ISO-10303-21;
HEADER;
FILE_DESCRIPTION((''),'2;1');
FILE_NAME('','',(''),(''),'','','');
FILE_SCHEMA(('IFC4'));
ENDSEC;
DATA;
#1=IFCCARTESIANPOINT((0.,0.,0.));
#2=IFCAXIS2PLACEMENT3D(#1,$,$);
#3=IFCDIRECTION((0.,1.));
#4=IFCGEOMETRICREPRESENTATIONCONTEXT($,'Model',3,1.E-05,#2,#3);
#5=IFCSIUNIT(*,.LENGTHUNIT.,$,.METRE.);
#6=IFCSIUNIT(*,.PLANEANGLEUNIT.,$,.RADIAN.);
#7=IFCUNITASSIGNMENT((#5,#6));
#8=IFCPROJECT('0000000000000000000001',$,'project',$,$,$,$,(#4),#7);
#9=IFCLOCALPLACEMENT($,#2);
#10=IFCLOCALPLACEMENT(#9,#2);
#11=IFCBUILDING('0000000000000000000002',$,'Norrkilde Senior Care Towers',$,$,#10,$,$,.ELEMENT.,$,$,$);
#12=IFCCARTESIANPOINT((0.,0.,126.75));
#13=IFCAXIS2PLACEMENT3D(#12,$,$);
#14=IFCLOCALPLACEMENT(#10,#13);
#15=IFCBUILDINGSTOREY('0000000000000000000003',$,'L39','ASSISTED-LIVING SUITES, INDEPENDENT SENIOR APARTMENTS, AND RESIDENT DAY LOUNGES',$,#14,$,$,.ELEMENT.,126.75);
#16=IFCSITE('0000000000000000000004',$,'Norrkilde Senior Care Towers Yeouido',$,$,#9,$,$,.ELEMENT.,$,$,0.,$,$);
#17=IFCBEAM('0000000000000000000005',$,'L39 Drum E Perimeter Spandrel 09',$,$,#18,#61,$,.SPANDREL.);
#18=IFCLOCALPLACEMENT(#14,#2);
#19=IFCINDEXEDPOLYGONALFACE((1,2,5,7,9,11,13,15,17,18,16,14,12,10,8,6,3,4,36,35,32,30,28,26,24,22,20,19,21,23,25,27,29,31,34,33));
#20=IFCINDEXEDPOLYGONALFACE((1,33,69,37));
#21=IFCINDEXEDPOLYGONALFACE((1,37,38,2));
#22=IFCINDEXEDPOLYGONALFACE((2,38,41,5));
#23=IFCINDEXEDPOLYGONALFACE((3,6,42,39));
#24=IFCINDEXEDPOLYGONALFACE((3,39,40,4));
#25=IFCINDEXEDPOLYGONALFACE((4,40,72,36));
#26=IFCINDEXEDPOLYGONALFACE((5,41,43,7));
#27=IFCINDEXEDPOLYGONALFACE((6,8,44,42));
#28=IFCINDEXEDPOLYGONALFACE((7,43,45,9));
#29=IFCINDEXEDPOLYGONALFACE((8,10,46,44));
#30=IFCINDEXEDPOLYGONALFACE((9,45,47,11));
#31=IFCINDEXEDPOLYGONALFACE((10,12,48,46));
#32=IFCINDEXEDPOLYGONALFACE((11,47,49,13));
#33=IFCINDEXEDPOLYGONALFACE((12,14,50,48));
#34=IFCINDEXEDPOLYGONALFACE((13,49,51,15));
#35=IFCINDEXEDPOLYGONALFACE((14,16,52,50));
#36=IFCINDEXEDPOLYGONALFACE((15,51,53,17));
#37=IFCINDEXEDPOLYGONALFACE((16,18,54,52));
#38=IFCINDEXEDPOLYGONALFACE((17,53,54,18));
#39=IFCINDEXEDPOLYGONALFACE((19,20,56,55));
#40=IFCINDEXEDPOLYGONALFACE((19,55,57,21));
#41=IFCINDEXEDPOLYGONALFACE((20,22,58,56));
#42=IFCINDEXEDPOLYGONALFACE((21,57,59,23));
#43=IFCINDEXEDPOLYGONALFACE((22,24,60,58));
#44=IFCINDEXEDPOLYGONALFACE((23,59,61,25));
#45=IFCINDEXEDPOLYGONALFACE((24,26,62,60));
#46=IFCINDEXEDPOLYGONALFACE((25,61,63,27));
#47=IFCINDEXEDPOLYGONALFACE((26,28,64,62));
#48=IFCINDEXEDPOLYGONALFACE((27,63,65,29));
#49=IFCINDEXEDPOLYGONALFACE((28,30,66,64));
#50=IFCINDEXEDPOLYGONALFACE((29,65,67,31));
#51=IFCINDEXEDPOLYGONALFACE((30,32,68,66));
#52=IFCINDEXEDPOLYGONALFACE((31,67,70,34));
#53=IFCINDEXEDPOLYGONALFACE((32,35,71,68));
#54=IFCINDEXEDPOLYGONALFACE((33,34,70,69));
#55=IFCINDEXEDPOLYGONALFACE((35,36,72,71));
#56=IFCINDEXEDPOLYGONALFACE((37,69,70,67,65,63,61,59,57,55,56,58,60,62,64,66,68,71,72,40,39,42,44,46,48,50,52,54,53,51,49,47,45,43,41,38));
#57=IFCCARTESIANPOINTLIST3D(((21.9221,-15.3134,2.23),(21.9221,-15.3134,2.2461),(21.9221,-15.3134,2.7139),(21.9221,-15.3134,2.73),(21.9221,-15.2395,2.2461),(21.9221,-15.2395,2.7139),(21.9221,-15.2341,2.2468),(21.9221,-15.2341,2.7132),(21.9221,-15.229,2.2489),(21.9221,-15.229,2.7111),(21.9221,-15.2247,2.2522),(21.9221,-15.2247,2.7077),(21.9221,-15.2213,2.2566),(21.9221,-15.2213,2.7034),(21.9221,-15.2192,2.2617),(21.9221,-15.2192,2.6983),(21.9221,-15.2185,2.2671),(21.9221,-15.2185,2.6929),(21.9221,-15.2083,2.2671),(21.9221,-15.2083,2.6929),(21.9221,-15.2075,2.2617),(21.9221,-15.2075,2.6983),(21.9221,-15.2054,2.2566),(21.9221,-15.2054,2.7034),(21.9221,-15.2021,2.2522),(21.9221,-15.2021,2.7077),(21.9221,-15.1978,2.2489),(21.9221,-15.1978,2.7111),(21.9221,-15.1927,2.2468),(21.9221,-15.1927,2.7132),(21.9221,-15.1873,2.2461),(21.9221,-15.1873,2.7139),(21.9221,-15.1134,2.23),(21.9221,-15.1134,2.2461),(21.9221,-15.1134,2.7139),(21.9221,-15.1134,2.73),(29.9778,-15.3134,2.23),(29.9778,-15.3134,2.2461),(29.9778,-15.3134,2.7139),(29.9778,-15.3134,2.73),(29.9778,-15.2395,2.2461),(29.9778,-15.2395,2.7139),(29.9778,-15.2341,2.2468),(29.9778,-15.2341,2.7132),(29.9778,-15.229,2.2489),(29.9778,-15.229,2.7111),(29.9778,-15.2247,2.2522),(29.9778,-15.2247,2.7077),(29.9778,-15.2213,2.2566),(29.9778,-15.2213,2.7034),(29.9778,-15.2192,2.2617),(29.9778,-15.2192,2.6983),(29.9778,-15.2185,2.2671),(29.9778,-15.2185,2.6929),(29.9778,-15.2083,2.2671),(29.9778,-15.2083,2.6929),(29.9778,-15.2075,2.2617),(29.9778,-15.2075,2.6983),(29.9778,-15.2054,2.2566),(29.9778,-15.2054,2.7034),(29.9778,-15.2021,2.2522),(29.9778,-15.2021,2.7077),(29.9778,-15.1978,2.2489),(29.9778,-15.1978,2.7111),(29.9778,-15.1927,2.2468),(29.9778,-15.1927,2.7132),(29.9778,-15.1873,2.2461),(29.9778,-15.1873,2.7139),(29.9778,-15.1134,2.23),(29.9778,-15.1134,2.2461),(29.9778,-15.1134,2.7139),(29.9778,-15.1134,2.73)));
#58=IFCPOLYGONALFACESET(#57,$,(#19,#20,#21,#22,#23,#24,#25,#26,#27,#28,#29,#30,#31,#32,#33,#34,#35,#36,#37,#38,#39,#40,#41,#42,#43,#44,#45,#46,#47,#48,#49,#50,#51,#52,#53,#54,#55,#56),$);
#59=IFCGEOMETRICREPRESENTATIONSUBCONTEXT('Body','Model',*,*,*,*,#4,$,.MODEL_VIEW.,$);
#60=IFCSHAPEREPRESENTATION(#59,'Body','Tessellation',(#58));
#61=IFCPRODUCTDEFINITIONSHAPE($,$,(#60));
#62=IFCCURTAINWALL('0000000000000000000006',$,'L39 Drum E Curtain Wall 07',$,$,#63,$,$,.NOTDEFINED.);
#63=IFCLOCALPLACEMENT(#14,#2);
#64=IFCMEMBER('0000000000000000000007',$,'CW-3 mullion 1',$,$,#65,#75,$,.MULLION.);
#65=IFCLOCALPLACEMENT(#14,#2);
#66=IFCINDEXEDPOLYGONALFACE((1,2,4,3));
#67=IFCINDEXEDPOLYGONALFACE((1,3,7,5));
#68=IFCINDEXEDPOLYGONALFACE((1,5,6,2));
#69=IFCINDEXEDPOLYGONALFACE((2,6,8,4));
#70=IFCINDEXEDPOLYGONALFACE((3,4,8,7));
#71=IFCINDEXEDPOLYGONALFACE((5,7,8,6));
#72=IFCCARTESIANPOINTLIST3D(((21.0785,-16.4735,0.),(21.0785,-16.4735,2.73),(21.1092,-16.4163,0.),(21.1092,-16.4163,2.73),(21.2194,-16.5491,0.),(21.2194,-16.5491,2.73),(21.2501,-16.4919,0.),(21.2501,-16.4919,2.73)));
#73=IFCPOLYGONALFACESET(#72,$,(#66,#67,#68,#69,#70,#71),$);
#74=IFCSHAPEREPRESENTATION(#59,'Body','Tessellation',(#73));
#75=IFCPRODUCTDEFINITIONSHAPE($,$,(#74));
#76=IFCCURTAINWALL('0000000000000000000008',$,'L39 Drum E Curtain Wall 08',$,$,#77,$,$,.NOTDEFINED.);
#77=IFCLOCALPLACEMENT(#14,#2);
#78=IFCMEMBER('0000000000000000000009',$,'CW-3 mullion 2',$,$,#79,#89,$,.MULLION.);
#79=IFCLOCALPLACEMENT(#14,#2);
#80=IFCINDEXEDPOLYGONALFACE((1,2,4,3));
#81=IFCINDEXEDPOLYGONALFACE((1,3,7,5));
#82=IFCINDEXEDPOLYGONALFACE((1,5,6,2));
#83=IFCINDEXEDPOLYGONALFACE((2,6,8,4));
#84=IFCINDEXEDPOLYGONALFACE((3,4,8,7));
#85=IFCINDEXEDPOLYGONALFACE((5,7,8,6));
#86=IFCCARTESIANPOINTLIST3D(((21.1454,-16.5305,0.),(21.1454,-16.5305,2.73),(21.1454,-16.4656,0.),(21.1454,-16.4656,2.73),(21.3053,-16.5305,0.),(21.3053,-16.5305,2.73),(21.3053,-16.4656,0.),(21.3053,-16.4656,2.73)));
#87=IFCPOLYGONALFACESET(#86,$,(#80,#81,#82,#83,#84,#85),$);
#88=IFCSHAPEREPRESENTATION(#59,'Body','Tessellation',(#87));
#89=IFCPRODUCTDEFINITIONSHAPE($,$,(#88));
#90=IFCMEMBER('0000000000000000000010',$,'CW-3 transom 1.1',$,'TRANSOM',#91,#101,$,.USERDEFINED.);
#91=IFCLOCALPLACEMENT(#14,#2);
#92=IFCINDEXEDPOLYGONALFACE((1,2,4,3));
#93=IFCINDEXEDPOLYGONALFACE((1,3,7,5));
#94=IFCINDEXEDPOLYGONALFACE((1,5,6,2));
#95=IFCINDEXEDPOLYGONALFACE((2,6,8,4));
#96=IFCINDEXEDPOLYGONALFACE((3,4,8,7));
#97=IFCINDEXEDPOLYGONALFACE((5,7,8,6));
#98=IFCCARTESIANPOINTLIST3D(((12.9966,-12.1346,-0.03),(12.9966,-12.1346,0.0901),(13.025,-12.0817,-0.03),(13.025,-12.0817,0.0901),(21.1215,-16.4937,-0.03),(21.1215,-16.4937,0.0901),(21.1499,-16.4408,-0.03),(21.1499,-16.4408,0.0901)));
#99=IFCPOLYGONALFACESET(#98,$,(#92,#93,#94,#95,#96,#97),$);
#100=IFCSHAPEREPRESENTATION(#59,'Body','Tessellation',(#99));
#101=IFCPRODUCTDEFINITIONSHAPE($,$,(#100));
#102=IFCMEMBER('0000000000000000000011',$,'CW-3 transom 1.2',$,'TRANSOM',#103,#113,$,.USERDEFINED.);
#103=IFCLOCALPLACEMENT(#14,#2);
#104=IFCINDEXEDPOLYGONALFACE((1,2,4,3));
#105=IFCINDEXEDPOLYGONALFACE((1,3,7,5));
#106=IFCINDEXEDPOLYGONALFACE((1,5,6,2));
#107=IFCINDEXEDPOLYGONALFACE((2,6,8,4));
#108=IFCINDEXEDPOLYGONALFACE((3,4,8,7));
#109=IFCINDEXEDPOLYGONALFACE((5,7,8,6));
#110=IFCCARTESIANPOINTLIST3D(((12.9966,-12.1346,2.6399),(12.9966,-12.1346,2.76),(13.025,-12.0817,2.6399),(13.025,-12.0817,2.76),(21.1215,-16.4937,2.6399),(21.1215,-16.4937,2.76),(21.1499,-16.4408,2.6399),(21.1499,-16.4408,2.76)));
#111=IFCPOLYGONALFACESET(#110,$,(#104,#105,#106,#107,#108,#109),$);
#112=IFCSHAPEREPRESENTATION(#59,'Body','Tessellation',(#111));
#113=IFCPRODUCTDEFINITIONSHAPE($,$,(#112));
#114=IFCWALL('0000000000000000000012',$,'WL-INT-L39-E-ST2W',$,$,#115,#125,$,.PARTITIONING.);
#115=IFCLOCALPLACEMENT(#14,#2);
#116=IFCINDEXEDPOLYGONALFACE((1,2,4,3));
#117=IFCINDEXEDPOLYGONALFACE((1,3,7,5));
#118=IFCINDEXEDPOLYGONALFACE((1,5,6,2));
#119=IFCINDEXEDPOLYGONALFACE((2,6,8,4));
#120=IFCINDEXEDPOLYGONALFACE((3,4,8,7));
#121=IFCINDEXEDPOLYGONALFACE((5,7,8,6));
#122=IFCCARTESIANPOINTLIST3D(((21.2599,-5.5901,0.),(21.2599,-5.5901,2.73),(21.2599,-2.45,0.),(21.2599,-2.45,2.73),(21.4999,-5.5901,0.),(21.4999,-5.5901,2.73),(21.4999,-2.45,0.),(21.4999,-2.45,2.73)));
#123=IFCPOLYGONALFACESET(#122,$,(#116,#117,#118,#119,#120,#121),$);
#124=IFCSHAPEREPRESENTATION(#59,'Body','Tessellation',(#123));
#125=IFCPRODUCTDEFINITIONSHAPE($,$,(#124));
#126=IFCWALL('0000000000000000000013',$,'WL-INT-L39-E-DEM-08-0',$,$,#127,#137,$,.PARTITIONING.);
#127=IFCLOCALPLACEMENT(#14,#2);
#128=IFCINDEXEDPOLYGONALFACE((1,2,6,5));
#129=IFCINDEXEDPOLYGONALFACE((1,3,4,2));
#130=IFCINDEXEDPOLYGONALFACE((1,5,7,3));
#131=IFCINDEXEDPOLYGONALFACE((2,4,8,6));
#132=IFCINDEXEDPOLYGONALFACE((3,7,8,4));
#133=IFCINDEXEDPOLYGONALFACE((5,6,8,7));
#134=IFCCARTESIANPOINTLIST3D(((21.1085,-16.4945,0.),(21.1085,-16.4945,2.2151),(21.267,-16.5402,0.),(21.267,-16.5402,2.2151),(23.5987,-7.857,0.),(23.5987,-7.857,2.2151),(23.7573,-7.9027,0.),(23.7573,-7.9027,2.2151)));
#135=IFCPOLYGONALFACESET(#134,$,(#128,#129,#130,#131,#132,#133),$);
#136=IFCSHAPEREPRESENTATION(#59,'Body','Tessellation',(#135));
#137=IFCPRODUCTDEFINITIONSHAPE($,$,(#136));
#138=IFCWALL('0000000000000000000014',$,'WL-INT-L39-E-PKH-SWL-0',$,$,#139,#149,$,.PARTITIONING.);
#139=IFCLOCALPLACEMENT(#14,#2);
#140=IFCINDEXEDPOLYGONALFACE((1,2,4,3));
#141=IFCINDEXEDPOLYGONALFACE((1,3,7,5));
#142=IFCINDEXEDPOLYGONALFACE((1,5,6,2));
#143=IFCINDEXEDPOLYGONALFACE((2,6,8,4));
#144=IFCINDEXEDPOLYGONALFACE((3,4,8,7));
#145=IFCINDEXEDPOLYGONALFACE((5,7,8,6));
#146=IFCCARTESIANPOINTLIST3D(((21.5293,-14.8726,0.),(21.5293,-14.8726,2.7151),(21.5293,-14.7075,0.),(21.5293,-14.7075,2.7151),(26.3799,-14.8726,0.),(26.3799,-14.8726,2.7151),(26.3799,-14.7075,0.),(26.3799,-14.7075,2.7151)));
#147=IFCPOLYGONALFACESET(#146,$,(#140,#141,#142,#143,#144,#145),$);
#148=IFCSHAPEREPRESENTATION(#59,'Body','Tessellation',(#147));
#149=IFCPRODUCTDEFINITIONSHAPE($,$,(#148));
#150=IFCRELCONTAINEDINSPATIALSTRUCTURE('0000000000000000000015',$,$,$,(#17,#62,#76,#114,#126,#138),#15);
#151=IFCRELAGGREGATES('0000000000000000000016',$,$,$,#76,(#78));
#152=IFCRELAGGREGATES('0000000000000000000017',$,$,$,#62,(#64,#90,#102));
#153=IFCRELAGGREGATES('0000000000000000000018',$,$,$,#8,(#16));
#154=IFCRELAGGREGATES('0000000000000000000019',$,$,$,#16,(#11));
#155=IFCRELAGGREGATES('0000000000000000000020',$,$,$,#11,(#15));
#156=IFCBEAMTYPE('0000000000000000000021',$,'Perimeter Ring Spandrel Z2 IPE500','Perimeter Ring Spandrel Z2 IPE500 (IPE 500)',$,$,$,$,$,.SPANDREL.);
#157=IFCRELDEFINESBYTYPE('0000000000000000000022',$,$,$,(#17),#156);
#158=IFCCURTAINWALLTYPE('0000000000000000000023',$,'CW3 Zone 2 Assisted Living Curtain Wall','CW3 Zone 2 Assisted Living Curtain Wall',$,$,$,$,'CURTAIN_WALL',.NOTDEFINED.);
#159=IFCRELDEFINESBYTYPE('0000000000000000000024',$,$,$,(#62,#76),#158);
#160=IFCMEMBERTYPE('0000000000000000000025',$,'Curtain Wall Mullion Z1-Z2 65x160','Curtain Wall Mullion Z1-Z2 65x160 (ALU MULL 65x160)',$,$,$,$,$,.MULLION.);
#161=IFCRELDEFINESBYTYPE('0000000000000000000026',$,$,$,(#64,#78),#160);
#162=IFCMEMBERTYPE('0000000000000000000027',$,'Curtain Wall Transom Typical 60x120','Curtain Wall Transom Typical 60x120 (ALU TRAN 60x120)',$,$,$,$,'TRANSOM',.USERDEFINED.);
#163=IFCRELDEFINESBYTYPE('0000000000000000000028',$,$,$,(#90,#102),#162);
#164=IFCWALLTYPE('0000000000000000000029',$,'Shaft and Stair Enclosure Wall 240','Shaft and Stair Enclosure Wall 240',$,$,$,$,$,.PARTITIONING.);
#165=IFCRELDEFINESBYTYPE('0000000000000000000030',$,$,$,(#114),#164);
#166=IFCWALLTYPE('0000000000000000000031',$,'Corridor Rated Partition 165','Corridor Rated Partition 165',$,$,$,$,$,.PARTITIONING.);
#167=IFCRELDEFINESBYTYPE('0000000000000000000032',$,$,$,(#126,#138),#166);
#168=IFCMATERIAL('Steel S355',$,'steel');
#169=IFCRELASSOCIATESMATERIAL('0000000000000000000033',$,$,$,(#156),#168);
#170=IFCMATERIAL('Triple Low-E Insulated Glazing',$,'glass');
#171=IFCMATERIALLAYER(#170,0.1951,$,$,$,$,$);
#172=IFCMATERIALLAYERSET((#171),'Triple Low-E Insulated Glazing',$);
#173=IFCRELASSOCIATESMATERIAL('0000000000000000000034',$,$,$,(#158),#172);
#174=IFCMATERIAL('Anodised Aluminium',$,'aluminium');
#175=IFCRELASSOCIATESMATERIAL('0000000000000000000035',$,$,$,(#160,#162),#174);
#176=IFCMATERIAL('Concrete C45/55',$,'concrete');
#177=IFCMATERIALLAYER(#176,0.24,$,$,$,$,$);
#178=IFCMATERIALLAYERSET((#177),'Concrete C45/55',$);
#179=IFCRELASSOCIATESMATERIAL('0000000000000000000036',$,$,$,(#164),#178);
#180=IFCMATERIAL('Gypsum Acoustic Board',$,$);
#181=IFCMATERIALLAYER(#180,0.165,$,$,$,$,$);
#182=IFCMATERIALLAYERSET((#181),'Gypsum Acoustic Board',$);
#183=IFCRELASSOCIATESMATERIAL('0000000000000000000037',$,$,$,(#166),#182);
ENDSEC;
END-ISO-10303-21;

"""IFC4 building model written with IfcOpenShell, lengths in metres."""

from ifc_helpers import new_model, si_unit, direction, frame, frame_2d, origin, origin_2d, place, context, subcontext, project, spatial, rectangle, i_section, extrude, source, transform, mapped, material, layer, layer_set, material_profile, profile_set, type_object, type_shapes, element, aggregate, save


model = new_model("IFC4")

# Units and contexts
model_context = context("Model", 3, precision=1e-05, world=origin(), true_north=direction((0.0, 1.0)))
body_context = subcontext(model_context, "Body", "Model", "MODEL_VIEW")
ifc_project = project(units=[si_unit("LENGTHUNIT", "METRE"), si_unit("PLANEANGLEUNIT", "RADIAN")], contexts=[model_context])

# Site, building, storey
site_placement = place(None, origin())
site = spatial("IfcSite", under=ifc_project, at=site_placement, Name="Norrkilde Senior Care Towers Yeouido", CompositionType="ELEMENT", RefElevation=0.0)
building_placement = place(site_placement, origin())
building = spatial("IfcBuilding", under=site, at=building_placement, Name="Norrkilde Senior Care Towers", CompositionType="ELEMENT")
storey_placement = place(building_placement, frame((0.0, 0.0, 126.75)))
storey = spatial("IfcBuildingStorey", under=building, at=storey_placement, Name="L39", Description="ASSISTED-LIVING SUITES, INDEPENDENT SENIOR APARTMENTS, AND RESIDENT DAY LOUNGES", CompositionType="ELEMENT", Elevation=126.75)

# Beam
ifc_material_1 = material(Name="Steel S355", Category="steel")
ifc_material_profile_1 = material_profile(ifc_material_1, i_section(OverallWidth=0.2, OverallDepth=0.5, WebThickness=0.0103, FlangeThickness=0.0161, FilletRadius=0.021, at=origin_2d()), Name="IPE 500")
ifc_profile_set_1 = profile_set([ifc_material_profile_1], Name="Steel S355")
beam_type_1 = type_object("IfcBeamType", Name="Perimeter Ring Spandrel Z2 IPE500", Description="Perimeter Ring Spandrel Z2 IPE500 (IPE 500)", PredefinedType="SPANDREL", material=ifc_profile_set_1)
shared_shape_1 = source(origin(), body_context, "Body", "SweptSolid", [
    extrude(i_section(OverallWidth=0.2, OverallDepth=0.5, WebThickness=0.0103, FlangeThickness=0.0161, FilletRadius=0.021, at=origin_2d()), origin(), (0.0, 0.0, 1.0), 8.0557),
])
type_shapes(beam_type_1, [shared_shape_1])
beam_1_placement = place(storey_placement, frame((21.9221, -15.2134, 2.48), z_axis=(1.0, 0.0, 0.0), x_axis=(0.0, 1.0, 0.0)))
element("IfcBeam", 1, at=beam_1_placement, inside=storey, type_object=beam_type_1, Name="L39 Drum E Perimeter Spandrel 09", PredefinedType="SPANDREL", context=body_context, shape_type="MappedRepresentation", body=[
    mapped(shared_shape_1, transform((0.0, 0.0, 0.0), x_axis=(1.0, 0.0, 0.0), y_axis=(0.0, 1.0, 0.0), z_axis=(0.0, 0.0, 1.0), scale=1.0)),
])

# Curtain walls, members
ifc_material_2 = material(Name="Triple Low-E Insulated Glazing", Category="glass")
ifc_layer_1 = layer(ifc_material_2, 0.1951)
ifc_layer_set_1 = layer_set([ifc_layer_1], Name="Triple Low-E Insulated Glazing")
curtain_wall_type = type_object("IfcCurtainWallType", Name="CW3 Zone 2 Assisted Living Curtain Wall", Description="CW3 Zone 2 Assisted Living Curtain Wall", ElementType="CURTAIN_WALL", PredefinedType="NOTDEFINED", material=ifc_layer_set_1)
curtain_wall_1_placement = place(storey_placement, origin())
curtain_wall_1 = element("IfcCurtainWall", 2, at=curtain_wall_1_placement, inside=storey, type_object=curtain_wall_type, Name="L39 Drum E Curtain Wall 07", PredefinedType="NOTDEFINED")
ifc_material_3 = material(Name="Anodised Aluminium", Category="aluminium")
ifc_material_profile_2 = material_profile(ifc_material_3, rectangle(XDim=0.0649, YDim=0.1599, at=origin_2d()), Name="ALU MULL 65x160")
ifc_profile_set_2 = profile_set([ifc_material_profile_2], Name="Anodised Aluminium")
member_type_1 = type_object("IfcMemberType", Name="Curtain Wall Mullion Z1-Z2 65x160", Description="Curtain Wall Mullion Z1-Z2 65x160 (ALU MULL 65x160)", PredefinedType="MULLION", material=ifc_profile_set_2)
shared_shape_2 = source(origin(), body_context, "Body", "SweptSolid", [
    extrude(rectangle(XDim=0.0649, YDim=0.1599, at=origin_2d()), origin(), (0.0, 0.0, 1.0), 2.73),
])
type_shapes(member_type_1, [shared_shape_2])
member_1_placement = place(storey_placement, frame((21.1643, -16.4827, 0.0), z_axis=(0.0, 0.0, 1.0), x_axis=(-0.472769, -0.881186, 0.0)))
member_1 = element("IfcMember", 3, at=member_1_placement, type_object=member_type_1, Name="CW-3 mullion 1", PredefinedType="MULLION", context=body_context, shape_type="MappedRepresentation", body=[
    mapped(shared_shape_2, transform((0.0, 0.0, 0.0), x_axis=(1.0, 0.0, 0.0), y_axis=(0.0, 1.0, 0.0), z_axis=(0.0, 0.0, 1.0), scale=1.0)),
])
curtain_wall_2_placement = place(storey_placement, origin())
curtain_wall_2 = element("IfcCurtainWall", 4, at=curtain_wall_2_placement, inside=storey, type_object=curtain_wall_type, Name="L39 Drum E Curtain Wall 08", PredefinedType="NOTDEFINED")
member_2_placement = place(storey_placement, frame((21.2253, -16.498, 0.0), z_axis=(0.0, 0.0, 1.0), x_axis=(0.0, -1.0, 0.0)))
member_2 = element("IfcMember", 5, at=member_2_placement, type_object=member_type_1, Name="CW-3 mullion 2", PredefinedType="MULLION", context=body_context, shape_type="MappedRepresentation", body=[
    mapped(shared_shape_2, transform((0.0, 0.0, 0.0), x_axis=(1.0, 0.0, 0.0), y_axis=(0.0, 1.0, 0.0), z_axis=(0.0, 0.0, 1.0), scale=1.0)),
])
aggregate(curtain_wall_2, [member_2])

# Members
ifc_material_profile_3 = material_profile(ifc_material_3, rectangle(XDim=0.0601, YDim=0.1201, at=origin_2d()), Name="ALU TRAN 60x120")
ifc_profile_set_3 = profile_set([ifc_material_profile_3], Name="Anodised Aluminium")
member_type_2 = type_object("IfcMemberType", Name="Curtain Wall Transom Typical 60x120", Description="Curtain Wall Transom Typical 60x120 (ALU TRAN 60x120)", ElementType="TRANSOM", PredefinedType="USERDEFINED", material=ifc_profile_set_3)
shared_shape_3 = source(origin(), body_context, "Body", "SweptSolid", [
    extrude(rectangle(XDim=0.0601, YDim=0.1201, at=origin_2d()), origin(), (0.0, 0.0, 1.0), 9.2205),
])
type_shapes(member_type_2, [shared_shape_3])
member_3_placement = place(storey_placement, frame((21.1357, -16.4673, 0.03), z_axis=(-0.881189, 0.472765, 0.0), x_axis=(-0.472765, -0.881189, 0.0)))
member_3 = element("IfcMember", 6, at=member_3_placement, type_object=member_type_2, Name="CW-3 transom 1.1", ObjectType="TRANSOM", PredefinedType="USERDEFINED", context=body_context, shape_type="MappedRepresentation", body=[
    mapped(shared_shape_3, transform((0.0, 0.0, 0.0), x_axis=(1.0, 0.0, 0.0), y_axis=(0.0, 1.0, 0.0), z_axis=(0.0, 0.0, 1.0), scale=1.0)),
])
member_4_placement = place(storey_placement, frame((21.1357, -16.4673, 2.7), z_axis=(-0.881189, 0.472765, 0.0), x_axis=(-0.472765, -0.881189, 0.0)))
member_4 = element("IfcMember", 7, at=member_4_placement, type_object=member_type_2, Name="CW-3 transom 1.2", ObjectType="TRANSOM", PredefinedType="USERDEFINED", context=body_context, shape_type="MappedRepresentation", body=[
    mapped(shared_shape_3, transform((0.0, 0.0, 0.0), x_axis=(1.0, 0.0, 0.0), y_axis=(0.0, 1.0, 0.0), z_axis=(0.0, 0.0, 1.0), scale=1.0)),
])
aggregate(curtain_wall_1, [member_1, member_3, member_4])

# Shared definitions
ifc_material_4 = material(Name="Concrete C45/55", Category="concrete")
ifc_layer_2 = layer(ifc_material_4, 0.24)
ifc_layer_set_2 = layer_set([ifc_layer_2], Name="Concrete C45/55")
wall_type_1 = type_object("IfcWallType", Name="Shaft and Stair Enclosure Wall 240", Description="Shaft and Stair Enclosure Wall 240", PredefinedType="PARTITIONING", material=ifc_layer_set_2)

# Walls
shared_shape_4 = source(origin(), body_context, "Body", "SweptSolid", [
    extrude(rectangle(XDim=3.1401, YDim=0.24, at=frame_2d((1.5701, 0.0))), origin(), (0.0, 0.0, 1.0), 2.73),
])
wall_1_placement = place(storey_placement, frame((21.3799, -5.5901, 0.0), z_axis=(0.0, 0.0, 1.0), x_axis=(0.0, 1.0, 0.0)))
element("IfcWall", 8, at=wall_1_placement, inside=storey, type_object=wall_type_1, Name="WL-INT-L39-E-ST2W", PredefinedType="PARTITIONING", context=body_context, shape_type="MappedRepresentation", body=[
    mapped(shared_shape_4, transform((0.0, 0.0, 0.0), x_axis=(1.0, 0.0, 0.0), y_axis=(0.0, 1.0, 0.0), z_axis=(0.0, 0.0, 1.0), scale=1.0)),
])
ifc_material_5 = material(Name="Gypsum Acoustic Board")
ifc_layer_3 = layer(ifc_material_5, 0.165)
ifc_layer_set_3 = layer_set([ifc_layer_3], Name="Gypsum Acoustic Board")
wall_type_2 = type_object("IfcWallType", Name="Corridor Rated Partition 165", Description="Corridor Rated Partition 165", PredefinedType="PARTITIONING", material=ifc_layer_set_3)
shared_shape_5 = source(origin(), body_context, "Body", "SweptSolid", [
    extrude(rectangle(XDim=8.9893, YDim=0.165, at=frame_2d((4.4946, 0.0))), origin(), (0.0, 0.0, 1.0), 2.2151),
])
wall_2_placement = place(storey_placement, frame((23.678, -7.8799, 0.0), z_axis=(0.0, 0.0, 1.0), x_axis=(-0.277023, -0.960863, 0.0)))
element("IfcWall", 9, at=wall_2_placement, inside=storey, type_object=wall_type_2, Name="WL-INT-L39-E-DEM-08-0", PredefinedType="PARTITIONING", context=body_context, shape_type="MappedRepresentation", body=[
    mapped(shared_shape_5, transform((0.0, 0.0, 0.0), x_axis=(1.0, 0.0, 0.0), y_axis=(0.0, 1.0, 0.0), z_axis=(0.0, 0.0, 1.0), scale=1.0)),
])
shared_shape_6 = source(origin(), body_context, "Body", "SweptSolid", [
    extrude(rectangle(XDim=4.8506, YDim=0.165, at=frame_2d((2.4253, 0.0))), origin(), (0.0, 0.0, 1.0), 2.7151),
])
type_shapes(wall_type_2, [shared_shape_5, shared_shape_6])
wall_3_placement = place(storey_placement, frame((21.5293, -14.79, 0.0), z_axis=(0.0, 0.0, 1.0), x_axis=(1.0, 0.0, 0.0)))
element("IfcWall", 10, at=wall_3_placement, inside=storey, type_object=wall_type_2, Name="WL-INT-L39-E-PKH-SWL-0", PredefinedType="PARTITIONING", context=body_context, shape_type="MappedRepresentation", body=[
    mapped(shared_shape_6, transform((0.0, 0.0, 0.0), x_axis=(1.0, 0.0, 0.0), y_axis=(0.0, 1.0, 0.0), z_axis=(0.0, 0.0, 1.0), scale=1.0)),
])

save(model, "model.ifc")
